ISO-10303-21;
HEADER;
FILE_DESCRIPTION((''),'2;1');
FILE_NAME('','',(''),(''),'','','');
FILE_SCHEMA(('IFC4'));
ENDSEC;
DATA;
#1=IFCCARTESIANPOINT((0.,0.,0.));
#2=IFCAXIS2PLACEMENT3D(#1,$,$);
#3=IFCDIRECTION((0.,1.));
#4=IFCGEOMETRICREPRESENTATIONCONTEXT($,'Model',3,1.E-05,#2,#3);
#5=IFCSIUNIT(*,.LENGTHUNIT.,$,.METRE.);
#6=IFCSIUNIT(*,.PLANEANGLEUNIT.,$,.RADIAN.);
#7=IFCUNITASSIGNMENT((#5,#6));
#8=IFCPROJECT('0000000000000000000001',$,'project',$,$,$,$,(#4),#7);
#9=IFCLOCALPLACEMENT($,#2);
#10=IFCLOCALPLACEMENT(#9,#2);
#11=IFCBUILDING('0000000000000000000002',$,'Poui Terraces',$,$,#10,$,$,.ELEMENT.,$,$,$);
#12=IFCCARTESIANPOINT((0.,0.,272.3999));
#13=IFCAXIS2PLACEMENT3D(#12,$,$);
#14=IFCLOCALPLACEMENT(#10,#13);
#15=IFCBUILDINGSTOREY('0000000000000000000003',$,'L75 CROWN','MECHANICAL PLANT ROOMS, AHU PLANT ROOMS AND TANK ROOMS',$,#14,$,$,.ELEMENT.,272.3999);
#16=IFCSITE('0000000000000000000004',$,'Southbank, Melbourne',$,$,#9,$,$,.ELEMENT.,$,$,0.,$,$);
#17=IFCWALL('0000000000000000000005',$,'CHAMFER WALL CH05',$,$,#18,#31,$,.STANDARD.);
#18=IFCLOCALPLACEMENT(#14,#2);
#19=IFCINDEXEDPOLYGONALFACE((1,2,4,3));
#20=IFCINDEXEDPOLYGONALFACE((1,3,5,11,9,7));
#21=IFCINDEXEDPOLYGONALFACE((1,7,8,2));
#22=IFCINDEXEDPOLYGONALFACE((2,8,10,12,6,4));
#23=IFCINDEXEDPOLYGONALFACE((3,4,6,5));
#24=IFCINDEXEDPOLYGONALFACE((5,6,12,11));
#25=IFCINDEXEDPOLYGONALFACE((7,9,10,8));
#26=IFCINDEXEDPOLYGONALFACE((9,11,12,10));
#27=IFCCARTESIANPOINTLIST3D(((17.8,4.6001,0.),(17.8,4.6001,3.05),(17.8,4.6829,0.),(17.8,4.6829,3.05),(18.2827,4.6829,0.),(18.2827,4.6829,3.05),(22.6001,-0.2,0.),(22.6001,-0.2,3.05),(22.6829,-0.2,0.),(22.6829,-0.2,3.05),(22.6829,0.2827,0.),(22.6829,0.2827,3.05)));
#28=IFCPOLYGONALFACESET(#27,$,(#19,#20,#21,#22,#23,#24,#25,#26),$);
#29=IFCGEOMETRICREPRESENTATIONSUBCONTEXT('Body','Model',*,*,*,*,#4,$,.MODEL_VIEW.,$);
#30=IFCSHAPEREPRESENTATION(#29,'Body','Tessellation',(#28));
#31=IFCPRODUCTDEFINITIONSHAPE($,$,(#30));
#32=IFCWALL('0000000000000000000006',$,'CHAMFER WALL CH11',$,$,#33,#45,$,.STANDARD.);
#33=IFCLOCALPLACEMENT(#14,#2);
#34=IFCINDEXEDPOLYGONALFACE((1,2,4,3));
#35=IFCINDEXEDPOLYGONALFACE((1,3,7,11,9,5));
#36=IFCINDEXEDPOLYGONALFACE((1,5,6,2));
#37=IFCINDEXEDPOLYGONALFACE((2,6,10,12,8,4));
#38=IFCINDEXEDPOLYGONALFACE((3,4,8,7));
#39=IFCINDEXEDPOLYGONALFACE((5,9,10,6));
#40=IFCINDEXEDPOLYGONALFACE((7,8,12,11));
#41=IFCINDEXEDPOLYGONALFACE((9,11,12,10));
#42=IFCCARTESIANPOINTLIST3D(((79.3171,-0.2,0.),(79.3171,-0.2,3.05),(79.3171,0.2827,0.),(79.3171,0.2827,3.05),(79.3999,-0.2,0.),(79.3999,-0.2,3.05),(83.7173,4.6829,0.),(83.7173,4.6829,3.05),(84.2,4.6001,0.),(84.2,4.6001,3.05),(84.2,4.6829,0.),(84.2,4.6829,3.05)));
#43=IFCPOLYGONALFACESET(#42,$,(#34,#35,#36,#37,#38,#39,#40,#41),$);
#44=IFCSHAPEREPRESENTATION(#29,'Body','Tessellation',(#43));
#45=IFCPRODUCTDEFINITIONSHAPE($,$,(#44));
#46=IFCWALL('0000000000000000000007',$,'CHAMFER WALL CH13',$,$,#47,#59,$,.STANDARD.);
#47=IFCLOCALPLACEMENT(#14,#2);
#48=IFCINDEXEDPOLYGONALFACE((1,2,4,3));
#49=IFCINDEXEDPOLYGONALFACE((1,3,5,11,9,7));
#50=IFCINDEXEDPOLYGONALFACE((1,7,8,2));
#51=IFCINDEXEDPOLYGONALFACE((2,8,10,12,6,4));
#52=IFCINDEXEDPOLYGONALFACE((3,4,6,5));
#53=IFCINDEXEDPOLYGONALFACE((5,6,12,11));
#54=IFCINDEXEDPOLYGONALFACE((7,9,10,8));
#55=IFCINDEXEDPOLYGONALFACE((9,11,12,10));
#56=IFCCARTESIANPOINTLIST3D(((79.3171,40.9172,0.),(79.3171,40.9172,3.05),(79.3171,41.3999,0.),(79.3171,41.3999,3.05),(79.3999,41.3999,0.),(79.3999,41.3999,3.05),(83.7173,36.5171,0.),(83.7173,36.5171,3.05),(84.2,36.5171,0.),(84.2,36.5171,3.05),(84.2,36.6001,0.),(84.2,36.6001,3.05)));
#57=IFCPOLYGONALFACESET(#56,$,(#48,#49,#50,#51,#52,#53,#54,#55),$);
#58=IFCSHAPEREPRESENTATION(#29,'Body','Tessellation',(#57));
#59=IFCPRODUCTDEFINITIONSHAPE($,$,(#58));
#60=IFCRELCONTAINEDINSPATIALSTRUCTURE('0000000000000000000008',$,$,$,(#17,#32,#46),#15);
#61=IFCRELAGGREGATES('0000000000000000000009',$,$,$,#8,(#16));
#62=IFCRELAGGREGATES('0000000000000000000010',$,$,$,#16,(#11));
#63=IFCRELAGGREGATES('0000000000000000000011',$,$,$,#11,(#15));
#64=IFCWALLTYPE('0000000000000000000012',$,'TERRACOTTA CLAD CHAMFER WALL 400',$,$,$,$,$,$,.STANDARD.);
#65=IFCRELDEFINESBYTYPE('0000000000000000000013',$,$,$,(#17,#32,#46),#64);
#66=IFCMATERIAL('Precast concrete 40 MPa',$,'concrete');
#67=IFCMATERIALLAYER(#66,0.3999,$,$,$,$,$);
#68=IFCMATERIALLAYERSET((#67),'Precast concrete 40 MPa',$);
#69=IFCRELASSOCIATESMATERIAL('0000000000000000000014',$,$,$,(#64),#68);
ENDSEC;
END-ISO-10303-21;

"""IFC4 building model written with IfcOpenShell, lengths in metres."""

from ifc_helpers import new_model, si_unit, direction, frame, origin, place, context, subcontext, project, spatial, polyline, outline, extrude, material, layer, layer_set, type_object, element, save


model = new_model("IFC4")

# Units and contexts
model_context = context("Model", 3, precision=1e-05, world=origin(), true_north=direction((0.0, 1.0)))
body_context = subcontext(model_context, "Body", "Model", "MODEL_VIEW")
ifc_project = project(units=[si_unit("LENGTHUNIT", "METRE"), si_unit("PLANEANGLEUNIT", "RADIAN")], contexts=[model_context])

# Site, building, storey
site_placement = place(None, origin())
site = spatial("IfcSite", under=ifc_project, at=site_placement, Name="Southbank, Melbourne", CompositionType="ELEMENT", RefElevation=0.0)
building_placement = place(site_placement, origin())
building = spatial("IfcBuilding", under=site, at=building_placement, Name="Poui Terraces", CompositionType="ELEMENT")
storey_placement = place(building_placement, frame((0.0, 0.0, 272.3999)))
storey = spatial("IfcBuildingStorey", under=building, at=storey_placement, Name="L75 CROWN", Description="MECHANICAL PLANT ROOMS, AHU PLANT ROOMS AND TANK ROOMS", CompositionType="ELEMENT", Elevation=272.3999)

# Walls
ifc_material_1 = material(Name="Precast concrete 40 MPa", Category="concrete")
ifc_layer_1 = layer(ifc_material_1, 0.3999)
ifc_layer_set_1 = layer_set([ifc_layer_1], Name="Precast concrete 40 MPa")
wall_type_1 = type_object("IfcWallType", Name="TERRACOTTA CLAD CHAMFER WALL 400", PredefinedType="STANDARD", material=ifc_layer_set_1)
wall_1_placement = place(storey_placement, origin())
element("IfcWall", 1, at=wall_1_placement, inside=storey, type_object=wall_type_1, Name="CHAMFER WALL CH05", PredefinedType="STANDARD", context=body_context, shape_type="SweptSolid", body=[
    extrude(outline(polyline([(17.8, 4.6829), (17.8, 4.6001), (22.6001, -0.2), (22.6829, -0.2), (22.6829, 0.2827), (18.2827, 4.6829), (17.8, 4.6829)])), origin(), (0.0, 0.0, 1.0), 3.05),
])
wall_2_placement = place(storey_placement, origin())
element("IfcWall", 2, at=wall_2_placement, inside=storey, type_object=wall_type_1, Name="CHAMFER WALL CH11", PredefinedType="STANDARD", context=body_context, shape_type="SweptSolid", body=[
    extrude(outline(polyline([(79.3171, -0.2), (79.3999, -0.2), (84.2, 4.6001), (84.2, 4.6829), (83.7173, 4.6829), (79.3171, 0.2827), (79.3171, -0.2)])), origin(), (0.0, 0.0, 1.0), 3.05),
])
wall_3_placement = place(storey_placement, origin())
element("IfcWall", 3, at=wall_3_placement, inside=storey, type_object=wall_type_1, Name="CHAMFER WALL CH13", PredefinedType="STANDARD", context=body_context, shape_type="SweptSolid", body=[
    extrude(outline(polyline([(84.2, 36.5171), (84.2, 36.6001), (79.3999, 41.3999), (79.3171, 41.3999), (79.3171, 40.9172), (83.7173, 36.5171), (84.2, 36.5171)])), origin(), (0.0, 0.0, 1.0), 3.05),
])

save(model, "model.ifc")
